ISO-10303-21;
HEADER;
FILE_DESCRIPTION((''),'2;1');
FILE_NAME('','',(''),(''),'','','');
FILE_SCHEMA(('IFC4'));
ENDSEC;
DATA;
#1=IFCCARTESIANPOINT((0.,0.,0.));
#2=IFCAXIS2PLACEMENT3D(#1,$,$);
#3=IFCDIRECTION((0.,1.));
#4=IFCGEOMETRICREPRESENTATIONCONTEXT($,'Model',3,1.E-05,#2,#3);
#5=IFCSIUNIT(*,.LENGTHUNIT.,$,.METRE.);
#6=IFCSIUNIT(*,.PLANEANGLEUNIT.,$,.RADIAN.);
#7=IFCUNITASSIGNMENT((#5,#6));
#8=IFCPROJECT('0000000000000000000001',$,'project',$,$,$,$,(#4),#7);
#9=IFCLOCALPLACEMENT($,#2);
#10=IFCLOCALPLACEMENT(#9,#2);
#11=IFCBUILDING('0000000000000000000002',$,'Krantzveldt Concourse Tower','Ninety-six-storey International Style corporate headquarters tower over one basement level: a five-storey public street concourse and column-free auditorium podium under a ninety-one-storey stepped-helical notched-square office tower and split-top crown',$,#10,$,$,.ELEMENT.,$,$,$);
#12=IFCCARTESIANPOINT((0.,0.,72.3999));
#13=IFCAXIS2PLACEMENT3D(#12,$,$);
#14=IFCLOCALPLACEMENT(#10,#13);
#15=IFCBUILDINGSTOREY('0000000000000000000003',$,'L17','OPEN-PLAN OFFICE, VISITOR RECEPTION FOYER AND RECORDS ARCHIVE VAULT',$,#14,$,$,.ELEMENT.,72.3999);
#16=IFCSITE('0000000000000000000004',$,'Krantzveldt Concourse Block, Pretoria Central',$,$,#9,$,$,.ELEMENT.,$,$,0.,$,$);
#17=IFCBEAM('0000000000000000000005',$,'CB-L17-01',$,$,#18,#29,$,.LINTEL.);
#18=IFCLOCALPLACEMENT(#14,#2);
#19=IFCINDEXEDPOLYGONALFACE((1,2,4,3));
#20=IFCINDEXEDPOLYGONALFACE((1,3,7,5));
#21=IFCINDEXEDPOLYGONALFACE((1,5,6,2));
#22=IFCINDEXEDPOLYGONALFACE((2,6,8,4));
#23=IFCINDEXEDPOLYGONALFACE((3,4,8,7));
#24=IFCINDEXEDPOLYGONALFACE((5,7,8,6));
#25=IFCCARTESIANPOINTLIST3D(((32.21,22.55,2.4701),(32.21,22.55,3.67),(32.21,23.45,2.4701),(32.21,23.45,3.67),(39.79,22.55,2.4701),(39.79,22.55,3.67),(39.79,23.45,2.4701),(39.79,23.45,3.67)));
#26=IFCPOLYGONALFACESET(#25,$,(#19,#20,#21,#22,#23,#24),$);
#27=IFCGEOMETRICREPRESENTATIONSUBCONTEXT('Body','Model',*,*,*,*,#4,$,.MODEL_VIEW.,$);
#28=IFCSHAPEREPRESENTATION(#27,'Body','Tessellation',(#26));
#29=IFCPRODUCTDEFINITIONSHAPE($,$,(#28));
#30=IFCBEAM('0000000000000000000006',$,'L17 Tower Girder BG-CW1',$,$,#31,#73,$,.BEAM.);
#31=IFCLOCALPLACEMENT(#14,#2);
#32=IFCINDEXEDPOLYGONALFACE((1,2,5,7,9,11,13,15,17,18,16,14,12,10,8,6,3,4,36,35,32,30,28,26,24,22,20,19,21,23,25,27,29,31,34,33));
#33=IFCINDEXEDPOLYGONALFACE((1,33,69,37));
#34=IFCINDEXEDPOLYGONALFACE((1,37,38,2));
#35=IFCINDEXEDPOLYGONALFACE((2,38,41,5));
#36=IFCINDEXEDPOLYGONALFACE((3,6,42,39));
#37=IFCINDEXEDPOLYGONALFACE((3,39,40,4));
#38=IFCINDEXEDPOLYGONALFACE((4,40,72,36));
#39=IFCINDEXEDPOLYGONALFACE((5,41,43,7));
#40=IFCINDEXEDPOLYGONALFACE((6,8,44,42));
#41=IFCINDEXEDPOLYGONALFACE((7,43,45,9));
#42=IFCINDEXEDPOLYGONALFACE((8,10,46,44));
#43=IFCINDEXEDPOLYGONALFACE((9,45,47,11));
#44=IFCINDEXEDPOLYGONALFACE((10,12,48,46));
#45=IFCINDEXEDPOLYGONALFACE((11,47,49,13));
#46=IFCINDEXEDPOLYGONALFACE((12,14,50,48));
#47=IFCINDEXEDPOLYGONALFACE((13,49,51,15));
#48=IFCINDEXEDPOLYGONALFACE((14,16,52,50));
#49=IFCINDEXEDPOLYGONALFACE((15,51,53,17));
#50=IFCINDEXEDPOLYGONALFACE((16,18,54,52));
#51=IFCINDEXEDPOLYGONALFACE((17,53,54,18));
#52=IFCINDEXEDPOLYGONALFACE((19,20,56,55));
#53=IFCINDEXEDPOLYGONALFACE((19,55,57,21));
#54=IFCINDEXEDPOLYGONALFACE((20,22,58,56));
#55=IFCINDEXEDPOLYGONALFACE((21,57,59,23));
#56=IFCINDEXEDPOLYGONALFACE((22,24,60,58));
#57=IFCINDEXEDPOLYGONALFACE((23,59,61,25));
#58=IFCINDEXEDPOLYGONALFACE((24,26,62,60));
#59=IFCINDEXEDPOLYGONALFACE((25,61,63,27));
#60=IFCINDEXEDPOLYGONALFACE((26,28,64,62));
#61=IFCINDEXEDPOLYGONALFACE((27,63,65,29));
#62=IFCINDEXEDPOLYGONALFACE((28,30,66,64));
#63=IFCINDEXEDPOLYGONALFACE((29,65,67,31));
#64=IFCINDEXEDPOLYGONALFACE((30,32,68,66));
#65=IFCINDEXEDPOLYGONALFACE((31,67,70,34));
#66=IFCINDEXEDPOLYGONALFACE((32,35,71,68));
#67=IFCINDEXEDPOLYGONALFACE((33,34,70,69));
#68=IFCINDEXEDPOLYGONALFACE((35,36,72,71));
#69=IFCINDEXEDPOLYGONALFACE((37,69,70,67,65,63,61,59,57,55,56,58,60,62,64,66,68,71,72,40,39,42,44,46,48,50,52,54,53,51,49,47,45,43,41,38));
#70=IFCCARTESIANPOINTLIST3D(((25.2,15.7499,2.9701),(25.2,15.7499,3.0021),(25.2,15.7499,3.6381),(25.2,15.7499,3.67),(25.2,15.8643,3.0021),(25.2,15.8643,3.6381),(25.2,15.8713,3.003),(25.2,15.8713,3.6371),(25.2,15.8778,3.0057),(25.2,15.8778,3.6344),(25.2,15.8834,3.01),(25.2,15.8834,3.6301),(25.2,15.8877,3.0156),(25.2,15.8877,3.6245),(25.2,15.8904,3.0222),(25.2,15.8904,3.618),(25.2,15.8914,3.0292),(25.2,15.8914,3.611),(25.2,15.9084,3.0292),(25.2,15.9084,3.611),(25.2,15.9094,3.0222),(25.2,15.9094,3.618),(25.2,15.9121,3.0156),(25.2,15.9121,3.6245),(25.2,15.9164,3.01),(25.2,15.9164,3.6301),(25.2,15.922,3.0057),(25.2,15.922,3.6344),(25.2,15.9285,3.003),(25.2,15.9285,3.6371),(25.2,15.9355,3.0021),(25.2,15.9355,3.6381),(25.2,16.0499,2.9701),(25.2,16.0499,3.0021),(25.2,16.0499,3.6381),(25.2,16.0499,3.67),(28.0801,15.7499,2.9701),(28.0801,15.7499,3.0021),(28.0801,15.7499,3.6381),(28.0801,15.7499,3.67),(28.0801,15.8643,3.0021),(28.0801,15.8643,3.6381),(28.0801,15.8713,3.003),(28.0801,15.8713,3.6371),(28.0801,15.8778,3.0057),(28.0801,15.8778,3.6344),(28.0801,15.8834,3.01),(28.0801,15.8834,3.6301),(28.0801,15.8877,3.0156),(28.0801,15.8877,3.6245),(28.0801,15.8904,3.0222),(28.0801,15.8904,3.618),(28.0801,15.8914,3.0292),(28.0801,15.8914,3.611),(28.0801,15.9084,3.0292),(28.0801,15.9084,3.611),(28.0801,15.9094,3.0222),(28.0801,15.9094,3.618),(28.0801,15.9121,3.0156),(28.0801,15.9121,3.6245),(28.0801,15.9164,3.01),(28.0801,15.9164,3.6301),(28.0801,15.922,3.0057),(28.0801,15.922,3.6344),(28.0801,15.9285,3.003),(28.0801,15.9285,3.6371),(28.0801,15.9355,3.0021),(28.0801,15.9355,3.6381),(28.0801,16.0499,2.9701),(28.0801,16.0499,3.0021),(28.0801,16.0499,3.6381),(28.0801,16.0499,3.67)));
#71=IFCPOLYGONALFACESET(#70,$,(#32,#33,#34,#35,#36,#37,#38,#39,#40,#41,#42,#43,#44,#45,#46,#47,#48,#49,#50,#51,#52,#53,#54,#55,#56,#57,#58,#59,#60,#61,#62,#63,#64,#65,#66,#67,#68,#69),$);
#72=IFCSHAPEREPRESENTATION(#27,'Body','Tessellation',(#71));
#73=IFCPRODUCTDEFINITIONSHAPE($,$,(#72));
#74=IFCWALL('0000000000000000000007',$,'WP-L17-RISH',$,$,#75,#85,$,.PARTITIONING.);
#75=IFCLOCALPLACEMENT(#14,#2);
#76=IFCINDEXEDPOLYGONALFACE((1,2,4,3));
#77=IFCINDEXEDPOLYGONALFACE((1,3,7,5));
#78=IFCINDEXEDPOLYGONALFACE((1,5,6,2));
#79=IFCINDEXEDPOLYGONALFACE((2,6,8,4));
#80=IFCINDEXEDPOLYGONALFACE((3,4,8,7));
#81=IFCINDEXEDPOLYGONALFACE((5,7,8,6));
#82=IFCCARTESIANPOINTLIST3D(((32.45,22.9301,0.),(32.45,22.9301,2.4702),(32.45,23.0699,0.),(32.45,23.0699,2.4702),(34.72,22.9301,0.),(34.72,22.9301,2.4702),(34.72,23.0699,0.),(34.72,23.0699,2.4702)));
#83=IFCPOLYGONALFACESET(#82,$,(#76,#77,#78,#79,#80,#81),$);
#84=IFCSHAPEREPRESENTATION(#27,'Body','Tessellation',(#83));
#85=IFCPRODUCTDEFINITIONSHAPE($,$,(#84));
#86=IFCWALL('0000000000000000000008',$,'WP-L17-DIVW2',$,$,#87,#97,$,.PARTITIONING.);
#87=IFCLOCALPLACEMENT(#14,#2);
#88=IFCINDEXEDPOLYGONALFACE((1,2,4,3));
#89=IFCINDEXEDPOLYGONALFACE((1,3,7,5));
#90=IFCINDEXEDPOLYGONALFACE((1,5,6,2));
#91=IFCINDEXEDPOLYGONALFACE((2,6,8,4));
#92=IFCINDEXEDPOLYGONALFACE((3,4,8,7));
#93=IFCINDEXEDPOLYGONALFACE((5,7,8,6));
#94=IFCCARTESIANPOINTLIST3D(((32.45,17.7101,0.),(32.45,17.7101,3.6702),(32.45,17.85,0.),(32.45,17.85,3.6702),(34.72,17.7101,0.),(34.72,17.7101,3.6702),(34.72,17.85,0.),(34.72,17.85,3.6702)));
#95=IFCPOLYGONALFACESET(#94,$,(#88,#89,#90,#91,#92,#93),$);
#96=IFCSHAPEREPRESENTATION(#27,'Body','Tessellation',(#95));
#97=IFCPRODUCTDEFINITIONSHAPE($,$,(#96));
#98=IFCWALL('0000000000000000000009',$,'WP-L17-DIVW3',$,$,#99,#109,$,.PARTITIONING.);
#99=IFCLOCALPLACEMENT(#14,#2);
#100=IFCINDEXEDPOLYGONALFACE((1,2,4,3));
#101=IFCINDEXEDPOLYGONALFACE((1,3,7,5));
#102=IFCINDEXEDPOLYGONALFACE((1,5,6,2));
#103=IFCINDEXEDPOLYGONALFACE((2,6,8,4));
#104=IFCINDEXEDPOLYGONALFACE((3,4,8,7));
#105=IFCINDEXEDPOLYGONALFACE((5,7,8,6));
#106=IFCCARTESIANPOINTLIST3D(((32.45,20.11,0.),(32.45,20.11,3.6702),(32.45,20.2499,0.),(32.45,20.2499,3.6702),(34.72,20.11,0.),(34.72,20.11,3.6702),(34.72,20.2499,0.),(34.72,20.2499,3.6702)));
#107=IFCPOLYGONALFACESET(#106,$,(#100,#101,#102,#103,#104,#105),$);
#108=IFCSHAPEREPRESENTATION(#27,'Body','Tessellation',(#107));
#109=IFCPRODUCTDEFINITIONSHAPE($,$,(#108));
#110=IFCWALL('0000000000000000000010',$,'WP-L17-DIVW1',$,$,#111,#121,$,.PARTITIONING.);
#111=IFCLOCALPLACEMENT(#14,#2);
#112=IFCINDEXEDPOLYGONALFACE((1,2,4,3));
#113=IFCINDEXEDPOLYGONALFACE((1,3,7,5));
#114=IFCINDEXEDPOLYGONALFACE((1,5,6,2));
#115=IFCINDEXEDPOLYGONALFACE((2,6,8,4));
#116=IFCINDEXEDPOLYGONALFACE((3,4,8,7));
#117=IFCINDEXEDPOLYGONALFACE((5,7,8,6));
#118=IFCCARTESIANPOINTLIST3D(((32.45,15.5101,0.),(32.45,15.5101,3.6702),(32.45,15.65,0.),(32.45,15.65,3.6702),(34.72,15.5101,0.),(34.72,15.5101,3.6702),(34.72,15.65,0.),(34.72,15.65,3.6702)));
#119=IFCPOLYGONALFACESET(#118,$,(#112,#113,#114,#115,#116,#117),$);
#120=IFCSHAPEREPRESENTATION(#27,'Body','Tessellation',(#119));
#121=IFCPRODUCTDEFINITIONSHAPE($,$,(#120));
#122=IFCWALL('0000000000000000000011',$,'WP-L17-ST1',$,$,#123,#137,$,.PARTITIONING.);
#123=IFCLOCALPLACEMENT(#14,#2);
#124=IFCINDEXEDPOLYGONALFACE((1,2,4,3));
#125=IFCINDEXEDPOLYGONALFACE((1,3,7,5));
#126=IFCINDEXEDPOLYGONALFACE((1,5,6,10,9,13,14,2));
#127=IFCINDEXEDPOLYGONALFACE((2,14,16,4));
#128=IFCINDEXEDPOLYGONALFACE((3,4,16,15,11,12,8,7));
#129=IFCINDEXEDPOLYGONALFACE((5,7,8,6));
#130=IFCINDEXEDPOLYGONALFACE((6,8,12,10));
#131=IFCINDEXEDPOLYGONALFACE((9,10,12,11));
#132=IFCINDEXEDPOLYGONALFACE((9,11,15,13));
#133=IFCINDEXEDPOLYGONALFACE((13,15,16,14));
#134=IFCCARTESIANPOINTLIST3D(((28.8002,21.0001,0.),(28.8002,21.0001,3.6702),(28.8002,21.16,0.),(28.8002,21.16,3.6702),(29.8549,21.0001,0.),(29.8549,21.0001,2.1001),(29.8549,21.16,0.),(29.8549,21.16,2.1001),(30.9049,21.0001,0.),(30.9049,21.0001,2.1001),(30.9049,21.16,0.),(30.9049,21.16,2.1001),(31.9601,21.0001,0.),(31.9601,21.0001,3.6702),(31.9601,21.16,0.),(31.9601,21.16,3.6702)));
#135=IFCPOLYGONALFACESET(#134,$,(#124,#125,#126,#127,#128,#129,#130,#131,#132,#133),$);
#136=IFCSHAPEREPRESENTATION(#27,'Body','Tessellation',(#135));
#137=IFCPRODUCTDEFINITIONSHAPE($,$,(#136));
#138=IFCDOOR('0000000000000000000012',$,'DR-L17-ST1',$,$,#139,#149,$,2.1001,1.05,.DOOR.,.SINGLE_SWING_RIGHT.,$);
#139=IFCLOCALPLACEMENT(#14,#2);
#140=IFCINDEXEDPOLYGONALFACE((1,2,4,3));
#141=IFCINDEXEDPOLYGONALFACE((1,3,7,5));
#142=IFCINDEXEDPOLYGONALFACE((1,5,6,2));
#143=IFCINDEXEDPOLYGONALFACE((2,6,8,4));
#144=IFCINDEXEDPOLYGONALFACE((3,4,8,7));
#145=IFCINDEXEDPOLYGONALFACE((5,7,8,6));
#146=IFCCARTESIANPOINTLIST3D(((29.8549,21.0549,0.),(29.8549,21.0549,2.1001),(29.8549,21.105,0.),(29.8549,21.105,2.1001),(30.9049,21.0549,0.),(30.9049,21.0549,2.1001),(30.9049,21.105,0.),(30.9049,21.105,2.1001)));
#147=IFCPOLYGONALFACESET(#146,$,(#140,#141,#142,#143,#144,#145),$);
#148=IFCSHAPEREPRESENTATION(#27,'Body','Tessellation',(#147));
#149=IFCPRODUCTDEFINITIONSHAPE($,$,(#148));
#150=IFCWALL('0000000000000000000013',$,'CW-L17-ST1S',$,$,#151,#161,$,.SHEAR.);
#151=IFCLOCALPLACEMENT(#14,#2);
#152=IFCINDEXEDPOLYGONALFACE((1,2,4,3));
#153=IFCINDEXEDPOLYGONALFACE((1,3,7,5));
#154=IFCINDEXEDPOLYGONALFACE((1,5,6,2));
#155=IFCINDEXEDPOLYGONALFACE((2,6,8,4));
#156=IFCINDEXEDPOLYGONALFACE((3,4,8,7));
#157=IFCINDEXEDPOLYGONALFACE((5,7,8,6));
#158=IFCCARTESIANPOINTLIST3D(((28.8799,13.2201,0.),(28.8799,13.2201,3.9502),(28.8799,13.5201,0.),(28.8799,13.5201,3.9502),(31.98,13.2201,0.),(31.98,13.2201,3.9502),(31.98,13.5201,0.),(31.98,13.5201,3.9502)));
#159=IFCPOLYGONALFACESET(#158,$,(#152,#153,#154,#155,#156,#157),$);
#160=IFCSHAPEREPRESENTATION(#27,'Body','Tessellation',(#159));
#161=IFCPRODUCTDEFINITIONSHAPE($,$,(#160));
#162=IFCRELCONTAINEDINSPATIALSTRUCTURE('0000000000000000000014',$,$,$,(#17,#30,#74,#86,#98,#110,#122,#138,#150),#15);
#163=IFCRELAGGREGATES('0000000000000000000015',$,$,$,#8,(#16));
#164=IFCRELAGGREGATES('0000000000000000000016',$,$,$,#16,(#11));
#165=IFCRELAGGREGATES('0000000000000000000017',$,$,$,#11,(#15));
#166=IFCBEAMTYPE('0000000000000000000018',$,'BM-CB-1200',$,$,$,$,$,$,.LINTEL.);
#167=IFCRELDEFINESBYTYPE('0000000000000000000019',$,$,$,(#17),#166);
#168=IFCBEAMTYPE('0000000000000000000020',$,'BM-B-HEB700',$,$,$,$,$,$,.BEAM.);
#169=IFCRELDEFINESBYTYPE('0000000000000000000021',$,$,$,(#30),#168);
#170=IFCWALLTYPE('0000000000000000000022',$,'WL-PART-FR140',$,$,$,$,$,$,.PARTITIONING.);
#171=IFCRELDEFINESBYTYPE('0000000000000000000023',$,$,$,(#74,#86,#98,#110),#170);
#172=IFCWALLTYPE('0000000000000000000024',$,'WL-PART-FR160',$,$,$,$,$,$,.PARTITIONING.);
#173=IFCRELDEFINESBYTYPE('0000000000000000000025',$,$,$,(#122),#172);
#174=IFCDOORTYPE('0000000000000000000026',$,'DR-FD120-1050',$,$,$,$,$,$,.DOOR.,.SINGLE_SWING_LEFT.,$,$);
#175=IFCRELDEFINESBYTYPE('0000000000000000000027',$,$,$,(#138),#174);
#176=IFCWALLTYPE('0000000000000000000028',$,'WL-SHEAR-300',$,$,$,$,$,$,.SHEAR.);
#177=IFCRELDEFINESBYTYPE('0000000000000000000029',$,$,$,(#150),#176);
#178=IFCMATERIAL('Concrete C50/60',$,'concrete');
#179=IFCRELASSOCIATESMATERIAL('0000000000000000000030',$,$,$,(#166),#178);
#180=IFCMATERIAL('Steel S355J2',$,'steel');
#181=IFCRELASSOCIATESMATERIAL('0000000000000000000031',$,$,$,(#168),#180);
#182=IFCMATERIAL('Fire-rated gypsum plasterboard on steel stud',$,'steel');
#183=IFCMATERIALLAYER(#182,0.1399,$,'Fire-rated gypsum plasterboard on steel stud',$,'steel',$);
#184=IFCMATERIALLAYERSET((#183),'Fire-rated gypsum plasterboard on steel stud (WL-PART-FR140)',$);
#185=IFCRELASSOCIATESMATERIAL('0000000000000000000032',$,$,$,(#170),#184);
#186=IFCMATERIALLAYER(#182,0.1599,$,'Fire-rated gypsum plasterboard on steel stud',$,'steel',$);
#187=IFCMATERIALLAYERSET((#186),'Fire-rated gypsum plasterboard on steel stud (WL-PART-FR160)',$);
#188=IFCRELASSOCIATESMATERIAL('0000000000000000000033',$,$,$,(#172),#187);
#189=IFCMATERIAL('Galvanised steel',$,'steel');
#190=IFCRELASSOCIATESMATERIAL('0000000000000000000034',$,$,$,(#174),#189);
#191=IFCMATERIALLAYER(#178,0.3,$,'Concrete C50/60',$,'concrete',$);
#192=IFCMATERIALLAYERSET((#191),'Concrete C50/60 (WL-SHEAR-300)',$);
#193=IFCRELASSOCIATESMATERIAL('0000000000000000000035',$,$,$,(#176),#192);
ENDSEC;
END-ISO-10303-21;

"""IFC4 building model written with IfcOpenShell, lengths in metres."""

from ifc_helpers import new_model, si_unit, direction, frame, frame_2d, origin, origin_2d, place, context, subcontext, project, spatial, rectangle, i_section, extrude, source, transform, mapped, material, layer, layer_set, material_profile, profile_set, type_object, type_shapes, element, fill, save


model = new_model("IFC4")

# Units and contexts
model_context = context("Model", 3, precision=1e-05, world=origin(), true_north=direction((0.0, 1.0)))
body_context = subcontext(model_context, "Body", "Model", "MODEL_VIEW")
ifc_project = project(units=[si_unit("LENGTHUNIT", "METRE"), si_unit("PLANEANGLEUNIT", "RADIAN")], contexts=[model_context])

# Site, building, storey
site_placement = place(None, origin())
site = spatial("IfcSite", under=ifc_project, at=site_placement, Name="Krantzveldt Concourse Block, Pretoria Central", CompositionType="ELEMENT", RefElevation=0.0)
building_placement = place(site_placement, origin())
building = spatial("IfcBuilding", under=site, at=building_placement, Name="Krantzveldt Concourse Tower", Description="Ninety-six-storey International Style corporate headquarters tower over one basement level: a five-storey public street concourse and column-free auditorium podium under a ninety-one-storey stepped-helical notched-square office tower and split-top crown", CompositionType="ELEMENT")
storey_placement = place(building_placement, frame((0.0, 0.0, 72.3999)))
storey = spatial("IfcBuildingStorey", under=building, at=storey_placement, Name="L17", Description="OPEN-PLAN OFFICE, VISITOR RECEPTION FOYER AND RECORDS ARCHIVE VAULT", CompositionType="ELEMENT", Elevation=72.3999)

# Beams
ifc_material_1 = material(Name="Concrete C50/60", Category="concrete")
ifc_material_profile_1 = material_profile(ifc_material_1, rectangle(XDim=0.8999, YDim=1.2, at=origin_2d()), Name="Concrete C50/60", Category="concrete")
ifc_profile_set_1 = profile_set([ifc_material_profile_1], Name="Concrete C50/60 - RC-CB 900x1200")
beam_type_1 = type_object("IfcBeamType", Name="BM-CB-1200", PredefinedType="LINTEL", material=ifc_profile_set_1)
shared_shape_1 = source(origin(), body_context, "Body", "SweptSolid", [
    extrude(rectangle(XDim=0.8999, YDim=1.2, at=origin_2d()), origin(), (0.0, 0.0, 1.0), 7.5801),
])
type_shapes(beam_type_1, [shared_shape_1])
beam_1_placement = place(storey_placement, frame((32.21, 23.0, 3.0701), z_axis=(1.0, 0.0, 0.0), x_axis=(0.0, 1.0, 0.0)))
element("IfcBeam", 1, at=beam_1_placement, inside=storey, type_object=beam_type_1, Name="CB-L17-01", PredefinedType="LINTEL", context=body_context, shape_type="MappedRepresentation", body=[
    mapped(shared_shape_1, transform((0.0, 0.0, 0.0), x_axis=(1.0, 0.0, 0.0), y_axis=(0.0, 1.0, 0.0), z_axis=(0.0, 0.0, 1.0), scale=1.0)),
])
ifc_material_2 = material(Name="Steel S355J2", Category="steel")
ifc_material_profile_2 = material_profile(ifc_material_2, i_section(OverallWidth=0.3, OverallDepth=0.7, WebThickness=0.0171, FlangeThickness=0.032, FilletRadius=0.0271, at=origin_2d()), Name="Steel S355J2", Category="steel")
ifc_profile_set_2 = profile_set([ifc_material_profile_2], Name="Steel S355J2 - HEB 700")
beam_type_2 = type_object("IfcBeamType", Name="BM-B-HEB700", PredefinedType="BEAM", material=ifc_profile_set_2)
shared_shape_2 = source(origin(), body_context, "Body", "SweptSolid", [
    extrude(i_section(OverallWidth=0.3, OverallDepth=0.7, WebThickness=0.0171, FlangeThickness=0.032, FilletRadius=0.0271, at=origin_2d()), origin(), (0.0, 0.0, 1.0), 2.8801),
])
type_shapes(beam_type_2, [shared_shape_2])
beam_2_placement = place(storey_placement, frame((25.2, 15.8999, 3.3201), z_axis=(1.0, 0.0, 0.0), x_axis=(0.0, 1.0, 0.0)))
element("IfcBeam", 2, at=beam_2_placement, inside=storey, type_object=beam_type_2, Name="L17 Tower Girder BG-CW1", PredefinedType="BEAM", context=body_context, shape_type="MappedRepresentation", body=[
    mapped(shared_shape_2, transform((0.0, 0.0, 0.0), x_axis=(1.0, 0.0, 0.0), y_axis=(0.0, 1.0, 0.0), z_axis=(0.0, 0.0, 1.0), scale=1.0)),
])

# Walls
ifc_material_3 = material(Name="Fire-rated gypsum plasterboard on steel stud", Category="steel")
ifc_layer_1 = layer(ifc_material_3, 0.1399, Name="Fire-rated gypsum plasterboard on steel stud", Category="steel")
ifc_layer_set_1 = layer_set([ifc_layer_1], Name="Fire-rated gypsum plasterboard on steel stud (WL-PART-FR140)")
wall_type_1 = type_object("IfcWallType", Name="WL-PART-FR140", PredefinedType="PARTITIONING", material=ifc_layer_set_1)
wall_1_placement = place(storey_placement, frame((32.45, 23.0, 0.0), z_axis=(0.0, 0.0, 1.0), x_axis=(1.0, 0.0, 0.0)))
element("IfcWall", 3, at=wall_1_placement, inside=storey, type_object=wall_type_1, Name="WP-L17-RISH", PredefinedType="PARTITIONING", context=body_context, shape_type="SweptSolid", body=[
    extrude(rectangle(XDim=2.27, YDim=0.1399, at=frame_2d((1.135, 0.0))), origin(), (0.0, 0.0, 1.0), 2.4702),
])
for number, where, z_axis, x_axis, name in (
    (4, (32.45, 17.78, 0.0), (0.0, 0.0, 1.0), (1.0, 0.0, 0.0), "WP-L17-DIVW2"),
    (5, (32.45, 20.1799, 0.0), (0.0, 0.0, 1.0), (1.0, 0.0, 0.0), "WP-L17-DIVW3"),
    (6, (32.45, 15.5801, 0.0), (0.0, 0.0, 1.0), (1.0, 0.0, 0.0), "WP-L17-DIVW1"),
):
    element("IfcWall", number, at=place(storey_placement, frame(where, z_axis=z_axis, x_axis=x_axis)), inside=storey, type_object=wall_type_1, Name=name, PredefinedType="PARTITIONING", context=body_context, shape_type="SweptSolid", body=[
        extrude(rectangle(XDim=2.27, YDim=0.1399, at=frame_2d((1.135, 0.0))), origin(), (0.0, 0.0, 1.0), 3.6702),
    ])

# Wall, opening, door
ifc_layer_2 = layer(ifc_material_3, 0.1599, Name="Fire-rated gypsum plasterboard on steel stud", Category="steel")
ifc_layer_set_2 = layer_set([ifc_layer_2], Name="Fire-rated gypsum plasterboard on steel stud (WL-PART-FR160)")
wall_type_2 = type_object("IfcWallType", Name="WL-PART-FR160", PredefinedType="PARTITIONING", material=ifc_layer_set_2)
wall_2_placement = place(storey_placement, frame((28.8, 21.0801, 0.0), z_axis=(0.0, 0.0, 1.0), x_axis=(1.0, 0.0, 0.0)))
wall_2 = element("IfcWall", 7, at=wall_2_placement, inside=storey, type_object=wall_type_2, Name="WP-L17-ST1", PredefinedType="PARTITIONING", context=body_context, shape_type="SweptSolid", body=[
    extrude(rectangle(XDim=3.1599, YDim=0.1599, at=frame_2d((1.5801, 0.0))), origin(), (0.0, 0.0, 1.0), 3.6702),
])
opening_placement = place(wall_2_placement, frame((1.0549, 0.0, 0.0)))
opening = element("IfcOpeningElement", 8, at=opening_placement, cuts=wall_2, PredefinedType="OPENING", context=body_context, shape_type="SweptSolid", body=[
    extrude(rectangle(XDim=1.05, YDim=2.1001, at=frame_2d((0.5249, 1.05))), frame((0.0, 0.0898, 0.0), z_axis=(0.0, -1.0, 0.0), x_axis=(1.0, 0.0, 0.0)), (0.0, 0.0, 1.0), 0.1799),
])
ifc_material_4 = material(Name="Galvanised steel", Category="steel")
door_type = type_object("IfcDoorType", Name="DR-FD120-1050", OperationType="SINGLE_SWING_LEFT", PredefinedType="DOOR", material=ifc_material_4)
door_placement = place(opening_placement, origin())
door = element("IfcDoor", 9, at=door_placement, inside=storey, type_object=door_type, Name="DR-L17-ST1", OperationType="SINGLE_SWING_RIGHT", OverallHeight=2.1001, OverallWidth=1.05, PredefinedType="DOOR", context=body_context, shape_type="SweptSolid", body=[
    extrude(rectangle(XDim=1.05, YDim=2.1001, at=frame_2d((0.5249, 1.05))), frame((0.0, 0.0249, 0.0), z_axis=(0.0, -1.0, 0.0), x_axis=(1.0, 0.0, 0.0)), (0.0, 0.0, 1.0), 0.05),
])
fill(opening, door)

# Wall
ifc_layer_3 = layer(ifc_material_1, 0.3, Name="Concrete C50/60", Category="concrete")
ifc_layer_set_3 = layer_set([ifc_layer_3], Name="Concrete C50/60 (WL-SHEAR-300)")
wall_type_3 = type_object("IfcWallType", Name="WL-SHEAR-300", PredefinedType="SHEAR", material=ifc_layer_set_3)
wall_3_placement = place(storey_placement, frame((28.8799, 13.3701, 0.0), z_axis=(0.0, 0.0, 1.0), x_axis=(1.0, 0.0, 0.0)))
element("IfcWall", 10, at=wall_3_placement, inside=storey, type_object=wall_type_3, Name="CW-L17-ST1S", PredefinedType="SHEAR", context=body_context, shape_type="SweptSolid", body=[
    extrude(rectangle(XDim=3.1001, YDim=0.3, at=frame_2d((1.55, 0.0))), origin(), (0.0, 0.0, 1.0), 3.9502),
])

save(model, "model.ifc")
